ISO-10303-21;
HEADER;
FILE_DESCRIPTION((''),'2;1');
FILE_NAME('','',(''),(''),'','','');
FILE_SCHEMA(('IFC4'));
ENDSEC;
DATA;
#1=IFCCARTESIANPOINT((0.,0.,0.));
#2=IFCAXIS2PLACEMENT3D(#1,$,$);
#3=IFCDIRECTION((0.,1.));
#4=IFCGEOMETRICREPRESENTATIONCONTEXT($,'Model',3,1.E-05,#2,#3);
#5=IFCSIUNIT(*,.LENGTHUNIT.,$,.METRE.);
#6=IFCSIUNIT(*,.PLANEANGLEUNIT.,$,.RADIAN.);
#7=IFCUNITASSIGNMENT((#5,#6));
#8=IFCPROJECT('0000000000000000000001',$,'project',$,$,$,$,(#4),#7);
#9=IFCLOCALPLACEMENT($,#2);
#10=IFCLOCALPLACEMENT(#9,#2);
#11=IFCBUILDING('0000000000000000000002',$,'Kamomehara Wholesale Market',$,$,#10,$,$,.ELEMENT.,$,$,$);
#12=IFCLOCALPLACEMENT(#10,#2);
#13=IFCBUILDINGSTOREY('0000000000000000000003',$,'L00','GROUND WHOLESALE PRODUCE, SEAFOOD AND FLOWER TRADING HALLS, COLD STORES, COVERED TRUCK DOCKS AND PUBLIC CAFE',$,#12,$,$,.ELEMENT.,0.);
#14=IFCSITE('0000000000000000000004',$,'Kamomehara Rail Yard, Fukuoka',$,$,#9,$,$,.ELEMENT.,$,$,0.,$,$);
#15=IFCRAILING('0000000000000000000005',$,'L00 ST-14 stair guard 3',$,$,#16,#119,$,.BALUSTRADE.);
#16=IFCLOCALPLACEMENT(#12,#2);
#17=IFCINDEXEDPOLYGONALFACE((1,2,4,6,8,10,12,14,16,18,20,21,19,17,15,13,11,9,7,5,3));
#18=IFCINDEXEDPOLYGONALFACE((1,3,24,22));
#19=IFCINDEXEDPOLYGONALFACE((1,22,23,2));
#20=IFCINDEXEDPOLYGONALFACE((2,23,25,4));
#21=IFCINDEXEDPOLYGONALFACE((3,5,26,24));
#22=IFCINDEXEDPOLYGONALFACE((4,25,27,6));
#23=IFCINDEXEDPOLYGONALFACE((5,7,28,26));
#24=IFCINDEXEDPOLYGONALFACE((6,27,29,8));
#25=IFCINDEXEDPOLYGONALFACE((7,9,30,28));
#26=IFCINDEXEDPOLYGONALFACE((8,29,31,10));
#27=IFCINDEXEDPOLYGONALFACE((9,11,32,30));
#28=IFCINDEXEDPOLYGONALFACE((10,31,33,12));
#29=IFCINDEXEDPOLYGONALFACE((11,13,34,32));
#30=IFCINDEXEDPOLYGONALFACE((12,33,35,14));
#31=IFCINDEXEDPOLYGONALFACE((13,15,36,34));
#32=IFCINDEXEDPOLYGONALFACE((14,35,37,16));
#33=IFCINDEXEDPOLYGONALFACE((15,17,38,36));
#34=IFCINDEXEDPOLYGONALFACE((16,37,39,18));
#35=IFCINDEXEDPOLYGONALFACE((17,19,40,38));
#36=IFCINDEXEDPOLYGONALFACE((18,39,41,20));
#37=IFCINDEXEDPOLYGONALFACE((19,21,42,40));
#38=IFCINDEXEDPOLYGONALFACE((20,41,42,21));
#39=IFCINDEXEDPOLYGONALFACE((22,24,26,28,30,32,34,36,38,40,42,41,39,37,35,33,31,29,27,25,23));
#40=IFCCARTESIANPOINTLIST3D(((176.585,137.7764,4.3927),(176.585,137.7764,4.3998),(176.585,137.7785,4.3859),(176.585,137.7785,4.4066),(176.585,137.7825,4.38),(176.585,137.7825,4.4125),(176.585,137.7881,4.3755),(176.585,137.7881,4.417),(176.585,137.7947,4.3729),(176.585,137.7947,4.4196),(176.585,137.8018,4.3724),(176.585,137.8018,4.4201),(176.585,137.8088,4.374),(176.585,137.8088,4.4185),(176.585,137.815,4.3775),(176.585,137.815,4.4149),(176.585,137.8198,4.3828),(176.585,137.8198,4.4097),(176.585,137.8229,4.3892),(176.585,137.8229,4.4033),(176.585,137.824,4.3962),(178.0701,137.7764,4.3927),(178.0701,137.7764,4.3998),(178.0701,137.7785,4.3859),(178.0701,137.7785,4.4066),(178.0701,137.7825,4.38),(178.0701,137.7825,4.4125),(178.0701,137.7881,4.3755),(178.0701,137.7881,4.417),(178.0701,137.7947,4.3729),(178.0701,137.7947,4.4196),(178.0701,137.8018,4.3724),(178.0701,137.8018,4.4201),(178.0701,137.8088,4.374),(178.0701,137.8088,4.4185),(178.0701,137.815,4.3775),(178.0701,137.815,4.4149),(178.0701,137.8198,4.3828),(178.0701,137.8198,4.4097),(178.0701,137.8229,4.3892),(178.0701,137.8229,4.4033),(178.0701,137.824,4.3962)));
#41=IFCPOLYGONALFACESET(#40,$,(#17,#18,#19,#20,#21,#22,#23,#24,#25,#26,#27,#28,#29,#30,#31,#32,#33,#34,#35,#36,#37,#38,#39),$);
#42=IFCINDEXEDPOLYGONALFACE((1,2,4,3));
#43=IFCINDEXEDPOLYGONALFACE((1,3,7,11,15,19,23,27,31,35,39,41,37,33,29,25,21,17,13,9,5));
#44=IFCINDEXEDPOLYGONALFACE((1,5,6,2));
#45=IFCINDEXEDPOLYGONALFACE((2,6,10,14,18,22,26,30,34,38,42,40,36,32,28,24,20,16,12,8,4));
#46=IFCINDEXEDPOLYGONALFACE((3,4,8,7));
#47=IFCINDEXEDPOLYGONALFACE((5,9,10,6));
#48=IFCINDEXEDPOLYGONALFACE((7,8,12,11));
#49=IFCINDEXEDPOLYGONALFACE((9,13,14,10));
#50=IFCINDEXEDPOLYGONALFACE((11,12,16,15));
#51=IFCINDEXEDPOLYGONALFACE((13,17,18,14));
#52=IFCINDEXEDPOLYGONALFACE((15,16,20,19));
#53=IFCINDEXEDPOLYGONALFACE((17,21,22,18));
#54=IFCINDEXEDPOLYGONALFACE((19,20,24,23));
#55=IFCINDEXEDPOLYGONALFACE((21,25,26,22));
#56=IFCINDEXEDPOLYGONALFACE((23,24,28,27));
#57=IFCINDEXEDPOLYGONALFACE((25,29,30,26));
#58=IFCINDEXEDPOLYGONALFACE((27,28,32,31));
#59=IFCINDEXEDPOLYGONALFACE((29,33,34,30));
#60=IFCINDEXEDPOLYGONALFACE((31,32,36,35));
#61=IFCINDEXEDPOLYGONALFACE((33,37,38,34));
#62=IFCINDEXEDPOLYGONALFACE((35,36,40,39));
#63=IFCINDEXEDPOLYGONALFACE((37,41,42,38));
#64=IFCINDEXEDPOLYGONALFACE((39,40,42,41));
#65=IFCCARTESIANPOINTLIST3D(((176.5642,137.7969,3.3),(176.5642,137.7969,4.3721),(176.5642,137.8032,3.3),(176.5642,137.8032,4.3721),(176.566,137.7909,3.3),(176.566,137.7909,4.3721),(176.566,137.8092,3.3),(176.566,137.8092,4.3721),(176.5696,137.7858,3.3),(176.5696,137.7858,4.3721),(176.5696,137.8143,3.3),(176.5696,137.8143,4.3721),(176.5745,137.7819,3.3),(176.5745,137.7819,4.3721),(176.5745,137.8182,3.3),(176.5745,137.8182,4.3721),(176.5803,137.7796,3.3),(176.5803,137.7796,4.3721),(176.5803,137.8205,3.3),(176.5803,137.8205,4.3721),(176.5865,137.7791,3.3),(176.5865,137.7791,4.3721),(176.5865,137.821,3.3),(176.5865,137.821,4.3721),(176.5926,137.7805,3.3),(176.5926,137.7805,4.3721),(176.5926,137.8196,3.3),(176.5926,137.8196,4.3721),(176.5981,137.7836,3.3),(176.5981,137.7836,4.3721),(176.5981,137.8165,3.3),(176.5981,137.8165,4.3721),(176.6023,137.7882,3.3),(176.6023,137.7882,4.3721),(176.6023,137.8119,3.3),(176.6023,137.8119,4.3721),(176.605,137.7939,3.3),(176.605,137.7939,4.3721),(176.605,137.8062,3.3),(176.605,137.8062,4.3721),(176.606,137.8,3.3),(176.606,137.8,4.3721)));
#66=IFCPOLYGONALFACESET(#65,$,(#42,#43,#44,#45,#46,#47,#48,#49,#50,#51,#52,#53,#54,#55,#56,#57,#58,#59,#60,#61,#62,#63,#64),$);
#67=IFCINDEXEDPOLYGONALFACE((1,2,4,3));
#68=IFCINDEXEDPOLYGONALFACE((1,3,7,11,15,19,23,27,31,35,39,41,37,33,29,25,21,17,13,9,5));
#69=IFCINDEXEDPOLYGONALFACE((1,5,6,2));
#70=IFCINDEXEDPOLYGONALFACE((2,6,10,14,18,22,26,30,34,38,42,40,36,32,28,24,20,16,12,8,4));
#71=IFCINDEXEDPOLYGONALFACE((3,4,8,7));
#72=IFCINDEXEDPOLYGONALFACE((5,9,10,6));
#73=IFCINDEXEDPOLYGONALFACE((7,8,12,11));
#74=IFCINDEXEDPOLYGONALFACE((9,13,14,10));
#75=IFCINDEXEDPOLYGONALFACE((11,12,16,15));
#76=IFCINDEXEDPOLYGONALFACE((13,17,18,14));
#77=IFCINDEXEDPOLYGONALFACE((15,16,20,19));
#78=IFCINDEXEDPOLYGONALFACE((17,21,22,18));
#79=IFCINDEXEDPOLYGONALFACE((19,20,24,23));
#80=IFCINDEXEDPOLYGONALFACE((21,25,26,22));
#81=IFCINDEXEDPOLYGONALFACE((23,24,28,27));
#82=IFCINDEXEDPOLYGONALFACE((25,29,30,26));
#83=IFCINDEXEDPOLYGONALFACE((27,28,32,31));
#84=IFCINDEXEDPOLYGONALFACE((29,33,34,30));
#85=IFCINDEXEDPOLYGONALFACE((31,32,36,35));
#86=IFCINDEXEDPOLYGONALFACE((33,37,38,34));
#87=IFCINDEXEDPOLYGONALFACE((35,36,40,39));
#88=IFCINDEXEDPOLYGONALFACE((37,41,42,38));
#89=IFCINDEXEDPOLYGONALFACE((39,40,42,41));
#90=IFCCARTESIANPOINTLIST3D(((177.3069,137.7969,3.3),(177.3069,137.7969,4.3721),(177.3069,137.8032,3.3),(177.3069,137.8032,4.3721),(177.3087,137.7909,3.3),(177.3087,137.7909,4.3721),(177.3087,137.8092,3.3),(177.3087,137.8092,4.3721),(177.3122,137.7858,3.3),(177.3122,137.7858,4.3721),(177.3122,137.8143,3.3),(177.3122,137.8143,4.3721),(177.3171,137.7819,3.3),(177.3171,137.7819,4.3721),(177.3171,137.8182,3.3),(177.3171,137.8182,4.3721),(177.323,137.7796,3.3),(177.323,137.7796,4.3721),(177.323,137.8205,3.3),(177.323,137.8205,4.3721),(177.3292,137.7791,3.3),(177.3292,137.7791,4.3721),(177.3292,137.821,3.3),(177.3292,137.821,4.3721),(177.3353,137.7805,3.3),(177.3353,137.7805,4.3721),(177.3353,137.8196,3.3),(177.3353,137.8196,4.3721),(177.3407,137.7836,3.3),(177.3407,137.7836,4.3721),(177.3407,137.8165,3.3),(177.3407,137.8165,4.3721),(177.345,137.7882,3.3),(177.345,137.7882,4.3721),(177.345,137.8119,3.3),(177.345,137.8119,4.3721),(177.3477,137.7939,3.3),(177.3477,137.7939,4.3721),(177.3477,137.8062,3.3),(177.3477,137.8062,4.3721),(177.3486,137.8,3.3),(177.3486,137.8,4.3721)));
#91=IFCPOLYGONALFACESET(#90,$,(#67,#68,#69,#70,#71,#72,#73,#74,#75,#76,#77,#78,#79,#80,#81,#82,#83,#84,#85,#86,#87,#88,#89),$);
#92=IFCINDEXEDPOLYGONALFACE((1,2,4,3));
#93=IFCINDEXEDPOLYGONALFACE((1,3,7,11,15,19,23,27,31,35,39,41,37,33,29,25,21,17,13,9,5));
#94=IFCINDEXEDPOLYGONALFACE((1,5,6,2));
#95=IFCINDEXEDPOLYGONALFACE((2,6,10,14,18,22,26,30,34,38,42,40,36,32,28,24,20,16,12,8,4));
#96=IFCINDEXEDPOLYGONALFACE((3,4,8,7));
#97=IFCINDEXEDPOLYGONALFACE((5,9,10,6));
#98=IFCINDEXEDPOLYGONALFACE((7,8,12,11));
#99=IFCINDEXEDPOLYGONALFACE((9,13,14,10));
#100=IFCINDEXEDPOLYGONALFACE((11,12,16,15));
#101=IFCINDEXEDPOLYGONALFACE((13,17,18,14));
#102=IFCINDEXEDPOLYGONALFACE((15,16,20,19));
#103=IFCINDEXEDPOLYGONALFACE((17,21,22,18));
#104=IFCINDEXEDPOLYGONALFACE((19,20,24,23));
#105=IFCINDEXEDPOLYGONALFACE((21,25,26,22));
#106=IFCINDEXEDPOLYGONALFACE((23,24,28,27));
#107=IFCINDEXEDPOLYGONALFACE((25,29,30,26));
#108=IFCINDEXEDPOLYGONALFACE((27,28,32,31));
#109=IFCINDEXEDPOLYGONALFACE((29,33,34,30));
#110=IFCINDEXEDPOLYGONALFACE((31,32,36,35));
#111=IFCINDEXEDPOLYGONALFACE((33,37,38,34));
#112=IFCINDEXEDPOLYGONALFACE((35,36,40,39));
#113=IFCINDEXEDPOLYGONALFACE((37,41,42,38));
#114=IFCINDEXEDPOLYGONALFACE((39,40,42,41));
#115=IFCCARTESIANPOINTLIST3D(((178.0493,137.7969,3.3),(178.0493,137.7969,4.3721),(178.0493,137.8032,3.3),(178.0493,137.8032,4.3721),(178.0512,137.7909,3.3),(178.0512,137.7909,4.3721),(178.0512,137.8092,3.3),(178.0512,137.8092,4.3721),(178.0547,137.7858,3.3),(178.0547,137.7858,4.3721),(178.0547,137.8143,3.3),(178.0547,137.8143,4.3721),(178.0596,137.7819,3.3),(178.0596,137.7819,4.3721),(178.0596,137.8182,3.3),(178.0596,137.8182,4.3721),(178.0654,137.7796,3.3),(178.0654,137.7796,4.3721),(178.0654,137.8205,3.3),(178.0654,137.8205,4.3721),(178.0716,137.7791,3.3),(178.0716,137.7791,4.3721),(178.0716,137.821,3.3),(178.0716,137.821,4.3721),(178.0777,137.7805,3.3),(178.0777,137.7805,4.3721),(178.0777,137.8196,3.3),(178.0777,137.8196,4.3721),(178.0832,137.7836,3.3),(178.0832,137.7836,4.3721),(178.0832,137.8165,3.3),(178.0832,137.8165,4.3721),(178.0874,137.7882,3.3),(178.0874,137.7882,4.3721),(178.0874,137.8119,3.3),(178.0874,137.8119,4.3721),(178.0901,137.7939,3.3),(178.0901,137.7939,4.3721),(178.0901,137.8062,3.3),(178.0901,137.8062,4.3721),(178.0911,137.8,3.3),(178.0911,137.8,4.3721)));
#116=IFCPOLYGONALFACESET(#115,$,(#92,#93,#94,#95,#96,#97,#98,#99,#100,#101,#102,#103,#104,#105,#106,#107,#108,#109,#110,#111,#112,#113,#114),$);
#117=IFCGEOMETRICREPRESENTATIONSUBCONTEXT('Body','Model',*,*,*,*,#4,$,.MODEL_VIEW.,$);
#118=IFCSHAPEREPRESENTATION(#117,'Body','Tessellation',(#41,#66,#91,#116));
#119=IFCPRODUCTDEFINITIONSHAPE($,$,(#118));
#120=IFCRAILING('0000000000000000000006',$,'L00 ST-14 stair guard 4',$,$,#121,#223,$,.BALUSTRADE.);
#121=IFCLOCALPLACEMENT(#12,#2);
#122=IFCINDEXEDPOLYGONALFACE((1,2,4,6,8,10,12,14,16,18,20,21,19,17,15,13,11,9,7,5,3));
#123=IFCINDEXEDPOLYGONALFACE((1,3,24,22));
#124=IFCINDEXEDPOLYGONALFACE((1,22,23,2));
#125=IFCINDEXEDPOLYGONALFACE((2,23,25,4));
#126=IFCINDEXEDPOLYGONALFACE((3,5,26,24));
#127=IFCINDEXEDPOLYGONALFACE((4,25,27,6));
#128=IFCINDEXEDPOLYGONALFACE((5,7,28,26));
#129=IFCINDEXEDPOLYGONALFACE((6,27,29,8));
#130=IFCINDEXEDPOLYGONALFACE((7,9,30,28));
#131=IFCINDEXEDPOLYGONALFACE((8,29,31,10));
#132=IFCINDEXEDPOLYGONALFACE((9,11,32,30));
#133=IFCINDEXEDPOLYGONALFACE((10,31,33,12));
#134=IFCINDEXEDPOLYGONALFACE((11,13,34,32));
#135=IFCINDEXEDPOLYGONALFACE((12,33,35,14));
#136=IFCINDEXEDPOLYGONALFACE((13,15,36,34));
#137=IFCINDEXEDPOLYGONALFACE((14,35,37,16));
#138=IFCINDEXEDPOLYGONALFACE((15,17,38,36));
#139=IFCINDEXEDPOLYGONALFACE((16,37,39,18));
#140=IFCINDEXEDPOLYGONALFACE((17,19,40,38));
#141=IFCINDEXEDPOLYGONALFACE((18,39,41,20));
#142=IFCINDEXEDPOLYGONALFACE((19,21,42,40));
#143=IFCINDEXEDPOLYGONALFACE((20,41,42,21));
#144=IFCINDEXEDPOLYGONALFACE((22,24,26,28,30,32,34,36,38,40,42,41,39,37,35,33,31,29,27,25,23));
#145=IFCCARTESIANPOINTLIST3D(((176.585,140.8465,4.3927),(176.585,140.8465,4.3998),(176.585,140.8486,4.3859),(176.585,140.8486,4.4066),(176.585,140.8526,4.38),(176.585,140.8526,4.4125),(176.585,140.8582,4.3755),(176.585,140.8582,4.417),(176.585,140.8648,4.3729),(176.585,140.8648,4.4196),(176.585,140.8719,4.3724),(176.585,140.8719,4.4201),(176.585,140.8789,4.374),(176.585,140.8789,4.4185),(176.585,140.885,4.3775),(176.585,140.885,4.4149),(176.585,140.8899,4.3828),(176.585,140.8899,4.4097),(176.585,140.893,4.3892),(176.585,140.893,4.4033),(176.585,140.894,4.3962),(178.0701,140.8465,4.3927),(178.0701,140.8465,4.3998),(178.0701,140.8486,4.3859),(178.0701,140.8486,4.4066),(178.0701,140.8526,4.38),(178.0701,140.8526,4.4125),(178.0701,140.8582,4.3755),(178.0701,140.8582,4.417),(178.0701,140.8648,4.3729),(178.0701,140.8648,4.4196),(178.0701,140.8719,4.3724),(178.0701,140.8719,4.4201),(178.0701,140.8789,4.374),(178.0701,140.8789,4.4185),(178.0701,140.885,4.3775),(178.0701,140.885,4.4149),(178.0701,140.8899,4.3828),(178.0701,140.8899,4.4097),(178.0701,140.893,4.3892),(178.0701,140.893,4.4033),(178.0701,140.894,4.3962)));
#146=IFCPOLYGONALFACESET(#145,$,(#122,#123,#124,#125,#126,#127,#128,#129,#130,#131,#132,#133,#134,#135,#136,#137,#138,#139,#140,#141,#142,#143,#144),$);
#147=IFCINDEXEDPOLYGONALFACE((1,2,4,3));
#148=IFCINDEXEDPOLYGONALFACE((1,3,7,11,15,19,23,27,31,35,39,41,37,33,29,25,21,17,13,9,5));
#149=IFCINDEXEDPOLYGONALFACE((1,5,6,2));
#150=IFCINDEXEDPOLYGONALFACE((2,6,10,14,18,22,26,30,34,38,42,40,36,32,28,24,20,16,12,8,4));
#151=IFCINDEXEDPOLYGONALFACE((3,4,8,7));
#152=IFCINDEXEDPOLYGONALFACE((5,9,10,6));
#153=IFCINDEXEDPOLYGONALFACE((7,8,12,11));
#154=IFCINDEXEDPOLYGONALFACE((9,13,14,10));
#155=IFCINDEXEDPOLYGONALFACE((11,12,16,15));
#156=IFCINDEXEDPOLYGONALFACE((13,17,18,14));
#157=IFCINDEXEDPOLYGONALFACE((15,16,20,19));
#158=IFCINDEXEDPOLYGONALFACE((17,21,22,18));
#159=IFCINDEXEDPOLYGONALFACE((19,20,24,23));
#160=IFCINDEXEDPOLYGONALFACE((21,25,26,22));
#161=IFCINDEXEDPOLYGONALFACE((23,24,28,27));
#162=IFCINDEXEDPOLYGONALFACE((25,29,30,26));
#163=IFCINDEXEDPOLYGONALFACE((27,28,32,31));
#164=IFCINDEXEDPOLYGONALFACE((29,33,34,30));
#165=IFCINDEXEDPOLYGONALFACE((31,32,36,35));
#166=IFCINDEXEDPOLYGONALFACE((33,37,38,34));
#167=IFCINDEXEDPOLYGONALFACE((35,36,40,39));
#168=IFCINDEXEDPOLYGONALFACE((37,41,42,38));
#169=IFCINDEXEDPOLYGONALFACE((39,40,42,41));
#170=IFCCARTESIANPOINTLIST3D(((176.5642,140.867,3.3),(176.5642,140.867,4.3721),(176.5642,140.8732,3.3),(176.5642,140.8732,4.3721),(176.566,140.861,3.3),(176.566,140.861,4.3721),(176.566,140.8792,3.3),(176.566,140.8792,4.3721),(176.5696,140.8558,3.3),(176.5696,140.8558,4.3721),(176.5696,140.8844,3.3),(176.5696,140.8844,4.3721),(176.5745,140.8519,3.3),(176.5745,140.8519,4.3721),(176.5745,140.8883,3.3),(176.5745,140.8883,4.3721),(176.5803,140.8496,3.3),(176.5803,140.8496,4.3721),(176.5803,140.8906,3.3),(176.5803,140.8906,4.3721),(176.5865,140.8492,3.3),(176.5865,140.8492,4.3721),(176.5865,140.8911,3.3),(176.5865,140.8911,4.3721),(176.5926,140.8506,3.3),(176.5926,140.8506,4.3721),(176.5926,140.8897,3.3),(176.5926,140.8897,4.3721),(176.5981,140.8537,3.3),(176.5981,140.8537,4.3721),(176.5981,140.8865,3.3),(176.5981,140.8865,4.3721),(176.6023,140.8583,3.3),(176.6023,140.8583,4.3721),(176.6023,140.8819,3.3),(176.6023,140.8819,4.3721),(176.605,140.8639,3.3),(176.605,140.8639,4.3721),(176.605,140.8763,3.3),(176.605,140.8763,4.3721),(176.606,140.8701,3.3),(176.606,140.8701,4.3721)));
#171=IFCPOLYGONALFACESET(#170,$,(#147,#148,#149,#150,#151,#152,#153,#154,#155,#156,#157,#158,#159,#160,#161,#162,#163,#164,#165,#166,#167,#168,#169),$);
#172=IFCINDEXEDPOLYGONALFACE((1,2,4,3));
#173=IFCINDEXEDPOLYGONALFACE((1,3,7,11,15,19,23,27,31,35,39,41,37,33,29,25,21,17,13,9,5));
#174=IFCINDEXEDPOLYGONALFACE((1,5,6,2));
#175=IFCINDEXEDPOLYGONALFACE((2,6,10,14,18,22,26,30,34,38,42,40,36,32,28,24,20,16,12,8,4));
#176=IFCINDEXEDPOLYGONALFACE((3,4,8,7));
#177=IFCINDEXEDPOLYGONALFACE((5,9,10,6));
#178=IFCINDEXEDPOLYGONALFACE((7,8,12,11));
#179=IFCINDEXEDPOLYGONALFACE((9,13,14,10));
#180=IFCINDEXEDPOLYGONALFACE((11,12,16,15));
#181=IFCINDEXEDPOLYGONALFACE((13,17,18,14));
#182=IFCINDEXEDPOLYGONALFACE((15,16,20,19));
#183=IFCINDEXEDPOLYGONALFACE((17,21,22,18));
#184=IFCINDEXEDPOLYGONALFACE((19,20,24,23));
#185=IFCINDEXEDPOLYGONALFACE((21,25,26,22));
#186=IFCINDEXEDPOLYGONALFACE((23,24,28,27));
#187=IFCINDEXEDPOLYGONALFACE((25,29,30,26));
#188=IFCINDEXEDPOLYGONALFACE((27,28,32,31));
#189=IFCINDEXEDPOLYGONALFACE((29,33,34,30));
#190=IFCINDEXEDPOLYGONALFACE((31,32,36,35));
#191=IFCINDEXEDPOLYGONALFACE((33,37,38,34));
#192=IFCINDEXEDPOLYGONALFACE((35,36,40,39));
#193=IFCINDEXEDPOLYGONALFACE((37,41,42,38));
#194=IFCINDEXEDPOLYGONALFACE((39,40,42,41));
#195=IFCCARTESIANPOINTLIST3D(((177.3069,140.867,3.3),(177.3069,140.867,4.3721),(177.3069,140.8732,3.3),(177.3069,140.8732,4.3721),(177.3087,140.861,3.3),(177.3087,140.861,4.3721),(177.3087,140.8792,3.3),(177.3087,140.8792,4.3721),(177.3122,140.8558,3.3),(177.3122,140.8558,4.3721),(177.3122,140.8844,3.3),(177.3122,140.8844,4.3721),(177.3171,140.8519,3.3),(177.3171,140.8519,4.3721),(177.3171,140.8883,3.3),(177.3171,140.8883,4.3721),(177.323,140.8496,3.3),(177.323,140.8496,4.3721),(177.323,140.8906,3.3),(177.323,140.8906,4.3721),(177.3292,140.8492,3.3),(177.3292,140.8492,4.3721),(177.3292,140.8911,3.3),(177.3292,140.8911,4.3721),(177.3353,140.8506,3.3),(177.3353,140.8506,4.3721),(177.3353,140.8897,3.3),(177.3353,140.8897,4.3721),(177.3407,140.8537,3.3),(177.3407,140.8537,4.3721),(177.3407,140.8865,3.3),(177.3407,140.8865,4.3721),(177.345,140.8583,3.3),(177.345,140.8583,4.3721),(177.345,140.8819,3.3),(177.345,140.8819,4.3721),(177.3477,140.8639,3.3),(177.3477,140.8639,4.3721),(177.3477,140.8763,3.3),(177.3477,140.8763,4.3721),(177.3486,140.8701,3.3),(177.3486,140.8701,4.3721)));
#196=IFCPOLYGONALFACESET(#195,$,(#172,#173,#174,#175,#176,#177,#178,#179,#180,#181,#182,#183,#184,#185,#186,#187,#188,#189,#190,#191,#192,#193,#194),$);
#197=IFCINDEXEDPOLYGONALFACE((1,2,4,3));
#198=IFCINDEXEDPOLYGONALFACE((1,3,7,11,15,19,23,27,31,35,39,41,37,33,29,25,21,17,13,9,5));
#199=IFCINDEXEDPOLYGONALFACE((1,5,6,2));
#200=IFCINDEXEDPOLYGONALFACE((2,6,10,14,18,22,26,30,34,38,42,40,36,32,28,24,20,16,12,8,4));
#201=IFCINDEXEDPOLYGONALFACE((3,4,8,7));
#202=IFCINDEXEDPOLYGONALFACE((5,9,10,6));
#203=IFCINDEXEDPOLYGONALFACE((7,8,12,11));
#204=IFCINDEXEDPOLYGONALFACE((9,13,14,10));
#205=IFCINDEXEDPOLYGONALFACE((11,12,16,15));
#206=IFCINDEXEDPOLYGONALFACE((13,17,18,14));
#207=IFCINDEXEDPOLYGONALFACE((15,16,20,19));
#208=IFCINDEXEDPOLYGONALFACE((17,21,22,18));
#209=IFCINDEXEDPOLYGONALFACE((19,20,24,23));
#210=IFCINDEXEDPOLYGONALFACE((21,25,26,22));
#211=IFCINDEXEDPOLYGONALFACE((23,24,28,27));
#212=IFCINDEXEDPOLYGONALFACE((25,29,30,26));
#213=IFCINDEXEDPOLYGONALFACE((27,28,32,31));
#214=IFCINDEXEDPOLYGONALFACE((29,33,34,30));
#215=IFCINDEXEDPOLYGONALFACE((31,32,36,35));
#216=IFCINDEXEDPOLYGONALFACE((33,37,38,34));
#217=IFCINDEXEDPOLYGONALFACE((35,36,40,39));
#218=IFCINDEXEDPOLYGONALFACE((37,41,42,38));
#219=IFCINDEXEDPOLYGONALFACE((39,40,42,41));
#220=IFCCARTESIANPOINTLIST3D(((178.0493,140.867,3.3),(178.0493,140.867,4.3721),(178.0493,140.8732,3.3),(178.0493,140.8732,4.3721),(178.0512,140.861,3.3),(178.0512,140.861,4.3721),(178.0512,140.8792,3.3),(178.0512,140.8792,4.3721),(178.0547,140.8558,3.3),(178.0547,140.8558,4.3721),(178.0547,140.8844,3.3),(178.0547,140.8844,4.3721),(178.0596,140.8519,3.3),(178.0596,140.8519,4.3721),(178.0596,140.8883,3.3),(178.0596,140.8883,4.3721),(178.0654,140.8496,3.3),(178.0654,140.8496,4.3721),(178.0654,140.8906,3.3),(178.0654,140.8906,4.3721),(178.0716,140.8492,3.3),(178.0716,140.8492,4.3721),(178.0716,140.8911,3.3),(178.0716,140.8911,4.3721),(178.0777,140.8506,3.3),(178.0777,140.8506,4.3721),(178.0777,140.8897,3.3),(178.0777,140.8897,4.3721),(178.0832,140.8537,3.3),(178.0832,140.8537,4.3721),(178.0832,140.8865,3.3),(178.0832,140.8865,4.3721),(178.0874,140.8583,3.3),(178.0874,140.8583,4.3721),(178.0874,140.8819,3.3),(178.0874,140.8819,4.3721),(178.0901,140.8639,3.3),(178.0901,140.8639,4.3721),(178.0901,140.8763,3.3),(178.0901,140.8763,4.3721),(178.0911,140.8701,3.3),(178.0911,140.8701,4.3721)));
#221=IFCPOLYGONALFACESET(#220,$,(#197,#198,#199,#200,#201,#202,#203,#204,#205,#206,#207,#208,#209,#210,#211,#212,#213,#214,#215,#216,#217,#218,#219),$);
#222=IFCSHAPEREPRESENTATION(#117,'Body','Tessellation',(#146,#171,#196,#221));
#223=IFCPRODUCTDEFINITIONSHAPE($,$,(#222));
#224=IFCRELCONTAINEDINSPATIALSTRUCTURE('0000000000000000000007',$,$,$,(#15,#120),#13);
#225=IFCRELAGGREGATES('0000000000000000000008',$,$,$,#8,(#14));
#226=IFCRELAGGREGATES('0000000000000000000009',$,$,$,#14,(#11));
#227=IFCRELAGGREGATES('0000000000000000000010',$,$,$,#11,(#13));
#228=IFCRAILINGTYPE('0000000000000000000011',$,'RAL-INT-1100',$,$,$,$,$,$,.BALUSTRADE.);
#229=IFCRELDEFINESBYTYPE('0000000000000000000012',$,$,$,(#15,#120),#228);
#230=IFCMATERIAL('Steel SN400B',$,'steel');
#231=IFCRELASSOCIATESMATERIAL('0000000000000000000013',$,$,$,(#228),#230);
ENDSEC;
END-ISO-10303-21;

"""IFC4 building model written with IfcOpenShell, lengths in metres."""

from ifc_helpers import new_model, si_unit, direction, frame, origin, origin_2d, place, context, subcontext, project, spatial, circle, extrude, material, type_object, element, save


model = new_model("IFC4")

# Units and contexts
model_context = context("Model", 3, precision=1e-05, world=origin(), true_north=direction((0.0, 1.0)))
body_context = subcontext(model_context, "Body", "Model", "MODEL_VIEW")
ifc_project = project(units=[si_unit("LENGTHUNIT", "METRE"), si_unit("PLANEANGLEUNIT", "RADIAN")], contexts=[model_context])

# Site, building, storey
site_placement = place(None, origin())
site = spatial("IfcSite", under=ifc_project, at=site_placement, Name="Kamomehara Rail Yard, Fukuoka", CompositionType="ELEMENT", RefElevation=0.0)
building_placement = place(site_placement, origin())
building = spatial("IfcBuilding", under=site, at=building_placement, Name="Kamomehara Wholesale Market", CompositionType="ELEMENT")
storey_placement = place(building_placement, origin())
storey = spatial("IfcBuildingStorey", under=building, at=storey_placement, Name="L00", Description="GROUND WHOLESALE PRODUCE, SEAFOOD AND FLOWER TRADING HALLS, COLD STORES, COVERED TRUCK DOCKS AND PUBLIC CAFE", CompositionType="ELEMENT", Elevation=0.0)

# Railings
ifc_material_1 = material(Name="Steel SN400B", Category="steel")
railing_type_1 = type_object("IfcRailingType", Name="RAL-INT-1100", PredefinedType="BALUSTRADE", material=ifc_material_1)
for number, where, name in (
    (1, (176.585, 137.8, 3.3), "L00 ST-14 stair guard 3"),
    (2, (176.585, 140.8701, 3.3), "L00 ST-14 stair guard 4"),
):
    element("IfcRailing", number, at=place(storey_placement, frame(where)), inside=storey, type_object=railing_type_1, Name=name, PredefinedType="BALUSTRADE", context=body_context, shape_type="SweptSolid", body=[
        extrude(circle(Radius=0.0239, at=origin_2d()), frame((0.0, 0.0, 1.0962), z_axis=(1.0, 0.0, 0.0), x_axis=(0.0, 1.0, 0.0)), (0.0, 0.0, 1.0), 1.4851),
        extrude(circle(Radius=0.021, at=origin_2d()), origin(), (0.0, 0.0, 1.0), 1.072),
        extrude(circle(Radius=0.021, at=origin_2d()), frame((0.7427, 0.0, 0.0)), (0.0, 0.0, 1.0), 1.072),
        extrude(circle(Radius=0.021, at=origin_2d()), frame((1.4851, 0.0, 0.0)), (0.0, 0.0, 1.0), 1.072),
    ])

save(model, "model.ifc")
